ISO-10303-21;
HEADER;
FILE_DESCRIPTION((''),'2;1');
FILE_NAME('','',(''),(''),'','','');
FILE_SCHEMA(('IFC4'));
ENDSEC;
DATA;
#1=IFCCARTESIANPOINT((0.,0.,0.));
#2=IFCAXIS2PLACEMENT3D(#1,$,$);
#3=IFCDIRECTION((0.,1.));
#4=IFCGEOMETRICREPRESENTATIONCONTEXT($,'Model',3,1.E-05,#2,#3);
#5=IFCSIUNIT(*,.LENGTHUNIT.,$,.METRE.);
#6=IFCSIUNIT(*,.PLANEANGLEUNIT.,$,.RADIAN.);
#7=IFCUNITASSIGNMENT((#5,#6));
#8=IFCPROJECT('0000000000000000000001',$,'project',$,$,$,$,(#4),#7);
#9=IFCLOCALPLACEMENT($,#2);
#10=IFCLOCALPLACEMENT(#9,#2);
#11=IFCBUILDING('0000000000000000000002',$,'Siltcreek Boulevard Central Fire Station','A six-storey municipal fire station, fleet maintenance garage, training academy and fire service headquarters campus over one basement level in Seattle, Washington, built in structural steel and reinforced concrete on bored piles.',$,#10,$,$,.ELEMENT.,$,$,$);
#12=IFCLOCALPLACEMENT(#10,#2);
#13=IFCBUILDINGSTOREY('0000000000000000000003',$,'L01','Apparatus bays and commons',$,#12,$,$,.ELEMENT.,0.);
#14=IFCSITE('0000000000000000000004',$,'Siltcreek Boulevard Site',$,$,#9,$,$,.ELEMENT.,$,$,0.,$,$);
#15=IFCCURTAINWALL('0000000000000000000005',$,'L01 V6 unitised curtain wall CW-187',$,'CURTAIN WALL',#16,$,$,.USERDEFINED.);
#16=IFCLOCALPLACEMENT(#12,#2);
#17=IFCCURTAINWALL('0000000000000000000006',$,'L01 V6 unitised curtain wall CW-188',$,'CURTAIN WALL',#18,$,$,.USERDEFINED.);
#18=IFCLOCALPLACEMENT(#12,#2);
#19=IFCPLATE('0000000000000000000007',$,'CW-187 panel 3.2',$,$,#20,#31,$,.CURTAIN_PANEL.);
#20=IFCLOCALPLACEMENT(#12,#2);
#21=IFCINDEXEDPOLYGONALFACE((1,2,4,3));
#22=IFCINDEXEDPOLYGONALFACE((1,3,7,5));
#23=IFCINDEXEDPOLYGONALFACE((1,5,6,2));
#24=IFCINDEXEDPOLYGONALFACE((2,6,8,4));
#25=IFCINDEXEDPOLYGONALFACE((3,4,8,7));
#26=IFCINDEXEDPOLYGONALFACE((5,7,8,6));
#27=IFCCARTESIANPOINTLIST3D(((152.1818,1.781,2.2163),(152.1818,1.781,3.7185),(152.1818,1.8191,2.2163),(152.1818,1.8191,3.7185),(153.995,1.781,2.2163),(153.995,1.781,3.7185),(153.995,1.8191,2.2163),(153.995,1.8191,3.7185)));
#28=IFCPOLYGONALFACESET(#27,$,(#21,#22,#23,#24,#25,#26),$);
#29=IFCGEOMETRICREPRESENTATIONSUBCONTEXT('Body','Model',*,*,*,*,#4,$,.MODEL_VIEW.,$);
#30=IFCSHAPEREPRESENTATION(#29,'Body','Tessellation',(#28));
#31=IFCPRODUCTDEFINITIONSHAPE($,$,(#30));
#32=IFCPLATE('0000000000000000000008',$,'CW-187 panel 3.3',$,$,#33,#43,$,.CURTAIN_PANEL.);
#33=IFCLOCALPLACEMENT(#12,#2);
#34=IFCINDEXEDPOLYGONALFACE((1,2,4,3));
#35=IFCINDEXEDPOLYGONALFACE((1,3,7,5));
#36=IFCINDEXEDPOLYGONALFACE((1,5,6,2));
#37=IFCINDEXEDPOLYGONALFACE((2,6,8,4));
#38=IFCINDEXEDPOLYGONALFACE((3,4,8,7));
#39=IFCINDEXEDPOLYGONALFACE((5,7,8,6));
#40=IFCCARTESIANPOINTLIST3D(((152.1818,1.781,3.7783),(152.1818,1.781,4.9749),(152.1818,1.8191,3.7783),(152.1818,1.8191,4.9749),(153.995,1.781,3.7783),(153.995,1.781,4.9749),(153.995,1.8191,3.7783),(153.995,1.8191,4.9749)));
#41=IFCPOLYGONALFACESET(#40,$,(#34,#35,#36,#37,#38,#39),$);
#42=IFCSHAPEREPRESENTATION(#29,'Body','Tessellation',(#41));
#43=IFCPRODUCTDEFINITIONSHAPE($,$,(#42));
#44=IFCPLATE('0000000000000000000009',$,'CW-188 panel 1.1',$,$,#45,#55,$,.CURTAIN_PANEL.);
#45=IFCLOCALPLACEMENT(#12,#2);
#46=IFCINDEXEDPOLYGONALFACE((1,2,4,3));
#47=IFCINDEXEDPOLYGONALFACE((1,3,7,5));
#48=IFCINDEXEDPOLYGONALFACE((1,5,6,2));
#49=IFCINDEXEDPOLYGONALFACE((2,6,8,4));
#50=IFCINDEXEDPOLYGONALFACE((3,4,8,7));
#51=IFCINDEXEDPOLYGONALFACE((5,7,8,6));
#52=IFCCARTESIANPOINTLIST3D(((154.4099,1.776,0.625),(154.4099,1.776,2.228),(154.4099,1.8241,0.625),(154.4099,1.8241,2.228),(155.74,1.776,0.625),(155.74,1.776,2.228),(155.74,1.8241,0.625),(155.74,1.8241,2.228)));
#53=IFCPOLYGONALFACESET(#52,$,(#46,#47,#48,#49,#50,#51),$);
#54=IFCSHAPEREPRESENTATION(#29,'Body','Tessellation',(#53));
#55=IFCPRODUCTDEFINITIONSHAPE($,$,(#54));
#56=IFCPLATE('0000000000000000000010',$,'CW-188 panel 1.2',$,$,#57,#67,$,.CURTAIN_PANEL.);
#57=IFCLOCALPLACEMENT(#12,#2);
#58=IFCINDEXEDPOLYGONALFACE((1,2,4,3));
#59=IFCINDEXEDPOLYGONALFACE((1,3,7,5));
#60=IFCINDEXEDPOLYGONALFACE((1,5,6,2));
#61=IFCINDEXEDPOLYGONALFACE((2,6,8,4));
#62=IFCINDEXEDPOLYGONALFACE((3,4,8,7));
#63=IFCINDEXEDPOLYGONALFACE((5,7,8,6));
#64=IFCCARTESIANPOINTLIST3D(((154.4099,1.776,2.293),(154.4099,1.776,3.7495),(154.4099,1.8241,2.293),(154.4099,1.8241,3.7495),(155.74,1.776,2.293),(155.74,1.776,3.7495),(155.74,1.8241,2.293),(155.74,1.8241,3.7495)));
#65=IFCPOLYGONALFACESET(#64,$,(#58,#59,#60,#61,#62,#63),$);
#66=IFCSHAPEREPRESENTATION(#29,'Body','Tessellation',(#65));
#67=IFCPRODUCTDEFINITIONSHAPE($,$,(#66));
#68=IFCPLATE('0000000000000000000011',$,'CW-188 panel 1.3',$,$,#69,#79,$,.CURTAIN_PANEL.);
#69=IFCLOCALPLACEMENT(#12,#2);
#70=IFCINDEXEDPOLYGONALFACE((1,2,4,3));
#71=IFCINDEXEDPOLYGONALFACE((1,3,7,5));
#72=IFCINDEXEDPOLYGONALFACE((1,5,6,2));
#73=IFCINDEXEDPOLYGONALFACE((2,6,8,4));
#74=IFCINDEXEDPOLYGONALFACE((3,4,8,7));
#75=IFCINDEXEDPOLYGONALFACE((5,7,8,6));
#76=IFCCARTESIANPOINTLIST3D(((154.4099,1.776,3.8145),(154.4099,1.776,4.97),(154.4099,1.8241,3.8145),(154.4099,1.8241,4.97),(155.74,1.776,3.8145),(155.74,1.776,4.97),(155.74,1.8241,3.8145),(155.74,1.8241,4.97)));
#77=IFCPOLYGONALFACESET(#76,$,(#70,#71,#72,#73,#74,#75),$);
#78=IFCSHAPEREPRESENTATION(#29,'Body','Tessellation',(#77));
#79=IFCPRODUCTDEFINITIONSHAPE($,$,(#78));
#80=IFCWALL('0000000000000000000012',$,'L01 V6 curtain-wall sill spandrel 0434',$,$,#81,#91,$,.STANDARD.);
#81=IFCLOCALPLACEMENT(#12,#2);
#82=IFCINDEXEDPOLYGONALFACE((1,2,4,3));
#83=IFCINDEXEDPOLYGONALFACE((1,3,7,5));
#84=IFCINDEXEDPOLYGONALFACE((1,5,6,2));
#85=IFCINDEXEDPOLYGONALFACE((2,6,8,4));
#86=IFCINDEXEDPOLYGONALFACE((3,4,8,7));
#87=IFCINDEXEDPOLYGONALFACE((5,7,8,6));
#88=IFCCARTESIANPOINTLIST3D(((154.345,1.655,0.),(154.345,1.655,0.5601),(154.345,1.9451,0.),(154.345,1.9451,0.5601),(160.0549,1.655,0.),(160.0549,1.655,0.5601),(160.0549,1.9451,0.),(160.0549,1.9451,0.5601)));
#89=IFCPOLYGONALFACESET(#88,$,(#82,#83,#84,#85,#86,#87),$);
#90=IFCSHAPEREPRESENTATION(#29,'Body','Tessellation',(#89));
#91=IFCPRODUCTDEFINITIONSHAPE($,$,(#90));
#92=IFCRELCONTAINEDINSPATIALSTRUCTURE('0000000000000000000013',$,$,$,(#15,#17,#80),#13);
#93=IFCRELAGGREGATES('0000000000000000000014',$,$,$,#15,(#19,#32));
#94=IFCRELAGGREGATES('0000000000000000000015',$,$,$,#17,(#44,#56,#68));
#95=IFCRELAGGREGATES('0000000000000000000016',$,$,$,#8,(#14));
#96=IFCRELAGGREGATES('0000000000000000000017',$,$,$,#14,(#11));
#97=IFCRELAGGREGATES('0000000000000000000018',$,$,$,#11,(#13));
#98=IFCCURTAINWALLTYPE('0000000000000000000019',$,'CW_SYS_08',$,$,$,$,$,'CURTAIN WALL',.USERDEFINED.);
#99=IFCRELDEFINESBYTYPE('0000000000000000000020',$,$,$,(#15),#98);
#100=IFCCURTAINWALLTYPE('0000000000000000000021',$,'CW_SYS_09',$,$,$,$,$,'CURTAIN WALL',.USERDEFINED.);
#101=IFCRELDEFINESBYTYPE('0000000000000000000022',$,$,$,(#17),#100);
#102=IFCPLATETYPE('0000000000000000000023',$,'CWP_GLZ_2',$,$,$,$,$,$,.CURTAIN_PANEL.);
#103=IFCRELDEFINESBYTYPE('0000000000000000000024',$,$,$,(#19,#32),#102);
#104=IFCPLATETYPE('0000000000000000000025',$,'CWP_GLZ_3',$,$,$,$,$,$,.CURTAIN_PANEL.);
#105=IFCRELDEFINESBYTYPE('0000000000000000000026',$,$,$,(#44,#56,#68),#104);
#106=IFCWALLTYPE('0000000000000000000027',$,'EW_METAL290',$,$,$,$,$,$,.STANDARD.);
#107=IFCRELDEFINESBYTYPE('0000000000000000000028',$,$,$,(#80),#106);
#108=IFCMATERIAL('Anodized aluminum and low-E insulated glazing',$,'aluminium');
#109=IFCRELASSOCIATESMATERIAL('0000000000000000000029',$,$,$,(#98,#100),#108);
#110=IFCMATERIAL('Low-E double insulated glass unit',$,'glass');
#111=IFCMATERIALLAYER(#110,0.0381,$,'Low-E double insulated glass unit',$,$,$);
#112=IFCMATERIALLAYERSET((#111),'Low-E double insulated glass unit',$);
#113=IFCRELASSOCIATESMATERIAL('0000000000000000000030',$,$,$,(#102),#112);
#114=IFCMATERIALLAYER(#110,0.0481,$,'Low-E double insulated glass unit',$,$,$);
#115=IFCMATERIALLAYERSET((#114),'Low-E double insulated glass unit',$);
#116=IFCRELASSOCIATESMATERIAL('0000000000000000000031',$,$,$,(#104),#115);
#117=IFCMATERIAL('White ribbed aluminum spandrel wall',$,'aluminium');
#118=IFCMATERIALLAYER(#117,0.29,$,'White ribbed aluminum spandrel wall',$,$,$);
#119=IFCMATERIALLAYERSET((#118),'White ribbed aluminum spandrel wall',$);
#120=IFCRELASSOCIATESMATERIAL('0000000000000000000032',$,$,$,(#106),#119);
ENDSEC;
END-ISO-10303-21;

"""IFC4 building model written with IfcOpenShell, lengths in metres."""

from ifc_helpers import new_model, si_unit, direction, frame, frame_2d, origin, origin_2d, place, context, subcontext, project, spatial, rectangle, extrude, material, layer, layer_set, type_object, element, aggregate, save


model = new_model("IFC4")

# Units and contexts
model_context = context("Model", 3, precision=1e-05, world=origin(), true_north=direction((0.0, 1.0)))
body_context = subcontext(model_context, "Body", "Model", "MODEL_VIEW")
ifc_project = project(units=[si_unit("LENGTHUNIT", "METRE"), si_unit("PLANEANGLEUNIT", "RADIAN")], contexts=[model_context])

# Site, building, storey
site_placement = place(None, origin())
site = spatial("IfcSite", under=ifc_project, at=site_placement, Name="Siltcreek Boulevard Site", CompositionType="ELEMENT", RefElevation=0.0)
building_placement = place(site_placement, origin())
building = spatial("IfcBuilding", under=site, at=building_placement, Name="Siltcreek Boulevard Central Fire Station", Description="A six-storey municipal fire station, fleet maintenance garage, training academy and fire service headquarters campus over one basement level in Seattle, Washington, built in structural steel and reinforced concrete on bored piles.", CompositionType="ELEMENT")
storey_placement = place(building_placement, origin())
storey = spatial("IfcBuildingStorey", under=building, at=storey_placement, Name="L01", Description="Apparatus bays and commons", CompositionType="ELEMENT", Elevation=0.0)

# Curtain walls
ifc_material_1 = material(Name="Anodized aluminum and low-E insulated glazing", Category="aluminium")
curtain_wall_type_1 = type_object("IfcCurtainWallType", Name="CW_SYS_08", ElementType="CURTAIN WALL", PredefinedType="USERDEFINED", material=ifc_material_1)
curtain_wall_1_placement = place(storey_placement, origin())
curtain_wall_1 = element("IfcCurtainWall", 1, at=curtain_wall_1_placement, inside=storey, type_object=curtain_wall_type_1, Name="L01 V6 unitised curtain wall CW-187", ObjectType="CURTAIN WALL", PredefinedType="USERDEFINED")
curtain_wall_type_2 = type_object("IfcCurtainWallType", Name="CW_SYS_09", ElementType="CURTAIN WALL", PredefinedType="USERDEFINED", material=ifc_material_1)
curtain_wall_2_placement = place(storey_placement, origin())
curtain_wall_2 = element("IfcCurtainWall", 2, at=curtain_wall_2_placement, inside=storey, type_object=curtain_wall_type_2, Name="L01 V6 unitised curtain wall CW-188", ObjectType="CURTAIN WALL", PredefinedType="USERDEFINED")

# Plates
ifc_material_2 = material(Name="Low-E double insulated glass unit", Category="glass")
ifc_layer_1 = layer(ifc_material_2, 0.0381, Name="Low-E double insulated glass unit")
ifc_layer_set_1 = layer_set([ifc_layer_1], Name="Low-E double insulated glass unit")
plate_type_1 = type_object("IfcPlateType", Name="CWP_GLZ_2", PredefinedType="CURTAIN_PANEL", material=ifc_layer_set_1)
plate_1_placement = place(storey_placement, frame((153.0884, 1.8, 2.2163), z_axis=(0.0, 0.0, 1.0), x_axis=(1.0, 0.0, 0.0)))
plate_1 = element("IfcPlate", 3, at=plate_1_placement, type_object=plate_type_1, Name="CW-187 panel 3.2", PredefinedType="CURTAIN_PANEL", context=body_context, shape_type="SweptSolid", body=[
    extrude(rectangle(XDim=1.8132, YDim=0.0381, at=origin_2d()), origin(), (0.0, 0.0, 1.0), 1.5022),
])
plate_2_placement = place(storey_placement, frame((153.0884, 1.8, 3.7783), z_axis=(0.0, 0.0, 1.0), x_axis=(1.0, 0.0, 0.0)))
plate_2 = element("IfcPlate", 4, at=plate_2_placement, type_object=plate_type_1, Name="CW-187 panel 3.3", PredefinedType="CURTAIN_PANEL", context=body_context, shape_type="SweptSolid", body=[
    extrude(rectangle(XDim=1.8132, YDim=0.0381, at=origin_2d()), origin(), (0.0, 0.0, 1.0), 1.1965),
])
aggregate(curtain_wall_1, [plate_1, plate_2])
ifc_layer_2 = layer(ifc_material_2, 0.0481, Name="Low-E double insulated glass unit")
ifc_layer_set_2 = layer_set([ifc_layer_2], Name="Low-E double insulated glass unit")
plate_type_2 = type_object("IfcPlateType", Name="CWP_GLZ_3", PredefinedType="CURTAIN_PANEL", material=ifc_layer_set_2)
plate_3_placement = place(storey_placement, frame((155.075, 1.8, 0.625), z_axis=(0.0, 0.0, 1.0), x_axis=(1.0, 0.0, 0.0)))
plate_3 = element("IfcPlate", 5, at=plate_3_placement, type_object=plate_type_2, Name="CW-188 panel 1.1", PredefinedType="CURTAIN_PANEL", context=body_context, shape_type="SweptSolid", body=[
    extrude(rectangle(XDim=1.3301, YDim=0.0481, at=origin_2d()), origin(), (0.0, 0.0, 1.0), 1.603),
])
plate_4_placement = place(storey_placement, frame((155.075, 1.8, 2.293), z_axis=(0.0, 0.0, 1.0), x_axis=(1.0, 0.0, 0.0)))
plate_4 = element("IfcPlate", 6, at=plate_4_placement, type_object=plate_type_2, Name="CW-188 panel 1.2", PredefinedType="CURTAIN_PANEL", context=body_context, shape_type="SweptSolid", body=[
    extrude(rectangle(XDim=1.3301, YDim=0.0481, at=origin_2d()), origin(), (0.0, 0.0, 1.0), 1.4565),
])
plate_5_placement = place(storey_placement, frame((155.075, 1.8, 3.8145), z_axis=(0.0, 0.0, 1.0), x_axis=(1.0, 0.0, 0.0)))
plate_5 = element("IfcPlate", 7, at=plate_5_placement, type_object=plate_type_2, Name="CW-188 panel 1.3", PredefinedType="CURTAIN_PANEL", context=body_context, shape_type="SweptSolid", body=[
    extrude(rectangle(XDim=1.3301, YDim=0.0481, at=origin_2d()), origin(), (0.0, 0.0, 1.0), 1.1555),
])
aggregate(curtain_wall_2, [plate_3, plate_4, plate_5])

# Wall
ifc_material_3 = material(Name="White ribbed aluminum spandrel wall", Category="aluminium")
ifc_layer_3 = layer(ifc_material_3, 0.29, Name="White ribbed aluminum spandrel wall")
ifc_layer_set_3 = layer_set([ifc_layer_3], Name="White ribbed aluminum spandrel wall")
wall_type = type_object("IfcWallType", Name="EW_METAL290", PredefinedType="STANDARD", material=ifc_layer_set_3)
wall_placement = place(storey_placement, frame((154.345, 1.8, 0.0), z_axis=(0.0, 0.0, 1.0), x_axis=(1.0, 0.0, 0.0)))
element("IfcWall", 8, at=wall_placement, inside=storey, type_object=wall_type, Name="L01 V6 curtain-wall sill spandrel 0434", PredefinedType="STANDARD", context=body_context, shape_type="SweptSolid", body=[
    extrude(rectangle(XDim=5.71, YDim=0.29, at=frame_2d((2.855, 0.0))), origin(), (0.0, 0.0, 1.0), 0.5601),
])

save(model, "model.ifc")
